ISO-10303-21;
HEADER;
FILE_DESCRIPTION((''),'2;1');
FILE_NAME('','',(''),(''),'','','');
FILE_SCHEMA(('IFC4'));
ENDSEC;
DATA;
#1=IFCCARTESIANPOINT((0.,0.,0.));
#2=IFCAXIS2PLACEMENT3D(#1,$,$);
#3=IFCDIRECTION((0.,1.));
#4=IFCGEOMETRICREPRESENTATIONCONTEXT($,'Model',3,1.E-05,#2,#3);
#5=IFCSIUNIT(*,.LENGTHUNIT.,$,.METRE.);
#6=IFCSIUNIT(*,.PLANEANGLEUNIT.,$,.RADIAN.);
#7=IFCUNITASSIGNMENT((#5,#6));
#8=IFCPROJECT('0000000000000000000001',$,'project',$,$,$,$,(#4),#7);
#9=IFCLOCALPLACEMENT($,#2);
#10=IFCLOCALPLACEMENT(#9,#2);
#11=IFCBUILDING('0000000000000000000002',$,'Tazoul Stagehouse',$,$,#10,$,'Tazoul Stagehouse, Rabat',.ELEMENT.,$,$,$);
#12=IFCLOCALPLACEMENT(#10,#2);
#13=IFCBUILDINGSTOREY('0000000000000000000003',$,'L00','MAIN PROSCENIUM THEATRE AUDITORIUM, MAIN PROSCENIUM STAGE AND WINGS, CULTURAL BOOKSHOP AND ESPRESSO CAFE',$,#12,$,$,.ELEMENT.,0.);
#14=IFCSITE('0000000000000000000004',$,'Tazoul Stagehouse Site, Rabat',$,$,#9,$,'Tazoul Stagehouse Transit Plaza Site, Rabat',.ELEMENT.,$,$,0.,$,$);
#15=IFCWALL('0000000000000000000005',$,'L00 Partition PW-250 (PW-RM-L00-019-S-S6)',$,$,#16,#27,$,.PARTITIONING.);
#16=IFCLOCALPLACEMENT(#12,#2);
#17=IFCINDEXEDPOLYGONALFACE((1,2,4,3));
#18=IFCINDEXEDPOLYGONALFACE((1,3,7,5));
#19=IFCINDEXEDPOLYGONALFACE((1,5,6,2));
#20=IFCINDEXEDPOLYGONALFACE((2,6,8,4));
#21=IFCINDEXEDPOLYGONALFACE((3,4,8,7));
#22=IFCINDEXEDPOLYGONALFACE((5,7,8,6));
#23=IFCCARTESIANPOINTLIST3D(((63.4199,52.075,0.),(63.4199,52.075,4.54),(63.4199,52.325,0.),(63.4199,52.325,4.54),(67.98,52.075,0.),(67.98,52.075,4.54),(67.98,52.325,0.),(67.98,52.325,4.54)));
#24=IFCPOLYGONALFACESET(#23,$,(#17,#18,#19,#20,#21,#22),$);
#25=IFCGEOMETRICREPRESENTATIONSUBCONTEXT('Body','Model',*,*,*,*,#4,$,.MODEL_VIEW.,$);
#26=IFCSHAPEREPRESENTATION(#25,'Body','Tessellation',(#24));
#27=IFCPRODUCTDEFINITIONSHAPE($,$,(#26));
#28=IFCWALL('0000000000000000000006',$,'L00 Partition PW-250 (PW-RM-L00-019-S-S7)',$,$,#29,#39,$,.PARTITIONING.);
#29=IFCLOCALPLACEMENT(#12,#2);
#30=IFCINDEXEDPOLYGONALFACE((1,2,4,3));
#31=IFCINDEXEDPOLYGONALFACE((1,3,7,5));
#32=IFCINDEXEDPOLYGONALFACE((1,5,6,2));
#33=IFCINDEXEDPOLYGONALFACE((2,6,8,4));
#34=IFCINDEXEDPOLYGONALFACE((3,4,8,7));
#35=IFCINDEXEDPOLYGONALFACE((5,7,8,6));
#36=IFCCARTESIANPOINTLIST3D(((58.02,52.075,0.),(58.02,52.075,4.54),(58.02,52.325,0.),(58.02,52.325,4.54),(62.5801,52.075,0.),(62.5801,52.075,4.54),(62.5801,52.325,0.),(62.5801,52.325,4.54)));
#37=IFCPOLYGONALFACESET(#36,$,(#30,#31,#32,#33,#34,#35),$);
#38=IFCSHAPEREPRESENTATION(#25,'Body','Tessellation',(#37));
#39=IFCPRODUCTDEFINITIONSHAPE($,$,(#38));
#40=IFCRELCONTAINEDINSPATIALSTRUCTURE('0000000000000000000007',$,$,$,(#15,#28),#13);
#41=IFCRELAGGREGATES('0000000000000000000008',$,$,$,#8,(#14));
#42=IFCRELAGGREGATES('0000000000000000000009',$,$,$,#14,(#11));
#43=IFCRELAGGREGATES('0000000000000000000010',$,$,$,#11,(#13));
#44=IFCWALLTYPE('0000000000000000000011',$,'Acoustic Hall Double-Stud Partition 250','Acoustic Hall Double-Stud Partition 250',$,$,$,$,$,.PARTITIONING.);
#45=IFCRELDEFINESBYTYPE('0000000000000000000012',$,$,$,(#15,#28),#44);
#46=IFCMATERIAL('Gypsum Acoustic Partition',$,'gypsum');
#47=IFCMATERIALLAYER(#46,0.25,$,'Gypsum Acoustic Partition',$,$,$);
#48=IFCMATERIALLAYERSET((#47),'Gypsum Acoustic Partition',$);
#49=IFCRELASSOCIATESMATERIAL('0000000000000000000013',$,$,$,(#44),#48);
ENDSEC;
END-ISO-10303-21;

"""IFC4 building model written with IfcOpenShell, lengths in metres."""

from ifc_helpers import new_model, si_unit, direction, frame, frame_2d, origin, place, context, subcontext, project, spatial, rectangle, extrude, material, layer, layer_set, type_object, element, save


model = new_model("IFC4")

# Units and contexts
model_context = context("Model", 3, precision=1e-05, world=origin(), true_north=direction((0.0, 1.0)))
body_context = subcontext(model_context, "Body", "Model", "MODEL_VIEW")
ifc_project = project(units=[si_unit("LENGTHUNIT", "METRE"), si_unit("PLANEANGLEUNIT", "RADIAN")], contexts=[model_context])

# Site, building, storey
site_placement = place(None, origin())
site = spatial("IfcSite", under=ifc_project, at=site_placement, Name="Tazoul Stagehouse Site, Rabat", LongName="Tazoul Stagehouse Transit Plaza Site, Rabat", CompositionType="ELEMENT", RefElevation=0.0)
building_placement = place(site_placement, origin())
building = spatial("IfcBuilding", under=site, at=building_placement, Name="Tazoul Stagehouse", LongName="Tazoul Stagehouse, Rabat", CompositionType="ELEMENT")
storey_placement = place(building_placement, origin())
storey = spatial("IfcBuildingStorey", under=building, at=storey_placement, Name="L00", Description="MAIN PROSCENIUM THEATRE AUDITORIUM, MAIN PROSCENIUM STAGE AND WINGS, CULTURAL BOOKSHOP AND ESPRESSO CAFE", CompositionType="ELEMENT", Elevation=0.0)

# Walls
ifc_material_1 = material(Name="Gypsum Acoustic Partition", Category="gypsum")
ifc_layer = layer(ifc_material_1, 0.25, Name="Gypsum Acoustic Partition")
ifc_layer_set = layer_set([ifc_layer], Name="Gypsum Acoustic Partition")
wall_type = type_object("IfcWallType", Name="Acoustic Hall Double-Stud Partition 250", Description="Acoustic Hall Double-Stud Partition 250", PredefinedType="PARTITIONING", material=ifc_layer_set)
for number, where, z_axis, x_axis, name in (
    (1, (67.98, 52.2, 0.0), (0.0, 0.0, 1.0), (-1.0, 0.0, 0.0), "L00 Partition PW-250 (PW-RM-L00-019-S-S6)"),
    (2, (62.5801, 52.2, 0.0), (0.0, 0.0, 1.0), (-1.0, 0.0, 0.0), "L00 Partition PW-250 (PW-RM-L00-019-S-S7)"),
):
    element("IfcWall", number, at=place(storey_placement, frame(where, z_axis=z_axis, x_axis=x_axis)), inside=storey, type_object=wall_type, Name=name, PredefinedType="PARTITIONING", context=body_context, shape_type="SweptSolid", body=[
        extrude(rectangle(XDim=4.5601, YDim=0.25, at=frame_2d((2.28, 0.0))), origin(), (0.0, 0.0, 1.0), 4.54),
    ])

save(model, "model.ifc")
